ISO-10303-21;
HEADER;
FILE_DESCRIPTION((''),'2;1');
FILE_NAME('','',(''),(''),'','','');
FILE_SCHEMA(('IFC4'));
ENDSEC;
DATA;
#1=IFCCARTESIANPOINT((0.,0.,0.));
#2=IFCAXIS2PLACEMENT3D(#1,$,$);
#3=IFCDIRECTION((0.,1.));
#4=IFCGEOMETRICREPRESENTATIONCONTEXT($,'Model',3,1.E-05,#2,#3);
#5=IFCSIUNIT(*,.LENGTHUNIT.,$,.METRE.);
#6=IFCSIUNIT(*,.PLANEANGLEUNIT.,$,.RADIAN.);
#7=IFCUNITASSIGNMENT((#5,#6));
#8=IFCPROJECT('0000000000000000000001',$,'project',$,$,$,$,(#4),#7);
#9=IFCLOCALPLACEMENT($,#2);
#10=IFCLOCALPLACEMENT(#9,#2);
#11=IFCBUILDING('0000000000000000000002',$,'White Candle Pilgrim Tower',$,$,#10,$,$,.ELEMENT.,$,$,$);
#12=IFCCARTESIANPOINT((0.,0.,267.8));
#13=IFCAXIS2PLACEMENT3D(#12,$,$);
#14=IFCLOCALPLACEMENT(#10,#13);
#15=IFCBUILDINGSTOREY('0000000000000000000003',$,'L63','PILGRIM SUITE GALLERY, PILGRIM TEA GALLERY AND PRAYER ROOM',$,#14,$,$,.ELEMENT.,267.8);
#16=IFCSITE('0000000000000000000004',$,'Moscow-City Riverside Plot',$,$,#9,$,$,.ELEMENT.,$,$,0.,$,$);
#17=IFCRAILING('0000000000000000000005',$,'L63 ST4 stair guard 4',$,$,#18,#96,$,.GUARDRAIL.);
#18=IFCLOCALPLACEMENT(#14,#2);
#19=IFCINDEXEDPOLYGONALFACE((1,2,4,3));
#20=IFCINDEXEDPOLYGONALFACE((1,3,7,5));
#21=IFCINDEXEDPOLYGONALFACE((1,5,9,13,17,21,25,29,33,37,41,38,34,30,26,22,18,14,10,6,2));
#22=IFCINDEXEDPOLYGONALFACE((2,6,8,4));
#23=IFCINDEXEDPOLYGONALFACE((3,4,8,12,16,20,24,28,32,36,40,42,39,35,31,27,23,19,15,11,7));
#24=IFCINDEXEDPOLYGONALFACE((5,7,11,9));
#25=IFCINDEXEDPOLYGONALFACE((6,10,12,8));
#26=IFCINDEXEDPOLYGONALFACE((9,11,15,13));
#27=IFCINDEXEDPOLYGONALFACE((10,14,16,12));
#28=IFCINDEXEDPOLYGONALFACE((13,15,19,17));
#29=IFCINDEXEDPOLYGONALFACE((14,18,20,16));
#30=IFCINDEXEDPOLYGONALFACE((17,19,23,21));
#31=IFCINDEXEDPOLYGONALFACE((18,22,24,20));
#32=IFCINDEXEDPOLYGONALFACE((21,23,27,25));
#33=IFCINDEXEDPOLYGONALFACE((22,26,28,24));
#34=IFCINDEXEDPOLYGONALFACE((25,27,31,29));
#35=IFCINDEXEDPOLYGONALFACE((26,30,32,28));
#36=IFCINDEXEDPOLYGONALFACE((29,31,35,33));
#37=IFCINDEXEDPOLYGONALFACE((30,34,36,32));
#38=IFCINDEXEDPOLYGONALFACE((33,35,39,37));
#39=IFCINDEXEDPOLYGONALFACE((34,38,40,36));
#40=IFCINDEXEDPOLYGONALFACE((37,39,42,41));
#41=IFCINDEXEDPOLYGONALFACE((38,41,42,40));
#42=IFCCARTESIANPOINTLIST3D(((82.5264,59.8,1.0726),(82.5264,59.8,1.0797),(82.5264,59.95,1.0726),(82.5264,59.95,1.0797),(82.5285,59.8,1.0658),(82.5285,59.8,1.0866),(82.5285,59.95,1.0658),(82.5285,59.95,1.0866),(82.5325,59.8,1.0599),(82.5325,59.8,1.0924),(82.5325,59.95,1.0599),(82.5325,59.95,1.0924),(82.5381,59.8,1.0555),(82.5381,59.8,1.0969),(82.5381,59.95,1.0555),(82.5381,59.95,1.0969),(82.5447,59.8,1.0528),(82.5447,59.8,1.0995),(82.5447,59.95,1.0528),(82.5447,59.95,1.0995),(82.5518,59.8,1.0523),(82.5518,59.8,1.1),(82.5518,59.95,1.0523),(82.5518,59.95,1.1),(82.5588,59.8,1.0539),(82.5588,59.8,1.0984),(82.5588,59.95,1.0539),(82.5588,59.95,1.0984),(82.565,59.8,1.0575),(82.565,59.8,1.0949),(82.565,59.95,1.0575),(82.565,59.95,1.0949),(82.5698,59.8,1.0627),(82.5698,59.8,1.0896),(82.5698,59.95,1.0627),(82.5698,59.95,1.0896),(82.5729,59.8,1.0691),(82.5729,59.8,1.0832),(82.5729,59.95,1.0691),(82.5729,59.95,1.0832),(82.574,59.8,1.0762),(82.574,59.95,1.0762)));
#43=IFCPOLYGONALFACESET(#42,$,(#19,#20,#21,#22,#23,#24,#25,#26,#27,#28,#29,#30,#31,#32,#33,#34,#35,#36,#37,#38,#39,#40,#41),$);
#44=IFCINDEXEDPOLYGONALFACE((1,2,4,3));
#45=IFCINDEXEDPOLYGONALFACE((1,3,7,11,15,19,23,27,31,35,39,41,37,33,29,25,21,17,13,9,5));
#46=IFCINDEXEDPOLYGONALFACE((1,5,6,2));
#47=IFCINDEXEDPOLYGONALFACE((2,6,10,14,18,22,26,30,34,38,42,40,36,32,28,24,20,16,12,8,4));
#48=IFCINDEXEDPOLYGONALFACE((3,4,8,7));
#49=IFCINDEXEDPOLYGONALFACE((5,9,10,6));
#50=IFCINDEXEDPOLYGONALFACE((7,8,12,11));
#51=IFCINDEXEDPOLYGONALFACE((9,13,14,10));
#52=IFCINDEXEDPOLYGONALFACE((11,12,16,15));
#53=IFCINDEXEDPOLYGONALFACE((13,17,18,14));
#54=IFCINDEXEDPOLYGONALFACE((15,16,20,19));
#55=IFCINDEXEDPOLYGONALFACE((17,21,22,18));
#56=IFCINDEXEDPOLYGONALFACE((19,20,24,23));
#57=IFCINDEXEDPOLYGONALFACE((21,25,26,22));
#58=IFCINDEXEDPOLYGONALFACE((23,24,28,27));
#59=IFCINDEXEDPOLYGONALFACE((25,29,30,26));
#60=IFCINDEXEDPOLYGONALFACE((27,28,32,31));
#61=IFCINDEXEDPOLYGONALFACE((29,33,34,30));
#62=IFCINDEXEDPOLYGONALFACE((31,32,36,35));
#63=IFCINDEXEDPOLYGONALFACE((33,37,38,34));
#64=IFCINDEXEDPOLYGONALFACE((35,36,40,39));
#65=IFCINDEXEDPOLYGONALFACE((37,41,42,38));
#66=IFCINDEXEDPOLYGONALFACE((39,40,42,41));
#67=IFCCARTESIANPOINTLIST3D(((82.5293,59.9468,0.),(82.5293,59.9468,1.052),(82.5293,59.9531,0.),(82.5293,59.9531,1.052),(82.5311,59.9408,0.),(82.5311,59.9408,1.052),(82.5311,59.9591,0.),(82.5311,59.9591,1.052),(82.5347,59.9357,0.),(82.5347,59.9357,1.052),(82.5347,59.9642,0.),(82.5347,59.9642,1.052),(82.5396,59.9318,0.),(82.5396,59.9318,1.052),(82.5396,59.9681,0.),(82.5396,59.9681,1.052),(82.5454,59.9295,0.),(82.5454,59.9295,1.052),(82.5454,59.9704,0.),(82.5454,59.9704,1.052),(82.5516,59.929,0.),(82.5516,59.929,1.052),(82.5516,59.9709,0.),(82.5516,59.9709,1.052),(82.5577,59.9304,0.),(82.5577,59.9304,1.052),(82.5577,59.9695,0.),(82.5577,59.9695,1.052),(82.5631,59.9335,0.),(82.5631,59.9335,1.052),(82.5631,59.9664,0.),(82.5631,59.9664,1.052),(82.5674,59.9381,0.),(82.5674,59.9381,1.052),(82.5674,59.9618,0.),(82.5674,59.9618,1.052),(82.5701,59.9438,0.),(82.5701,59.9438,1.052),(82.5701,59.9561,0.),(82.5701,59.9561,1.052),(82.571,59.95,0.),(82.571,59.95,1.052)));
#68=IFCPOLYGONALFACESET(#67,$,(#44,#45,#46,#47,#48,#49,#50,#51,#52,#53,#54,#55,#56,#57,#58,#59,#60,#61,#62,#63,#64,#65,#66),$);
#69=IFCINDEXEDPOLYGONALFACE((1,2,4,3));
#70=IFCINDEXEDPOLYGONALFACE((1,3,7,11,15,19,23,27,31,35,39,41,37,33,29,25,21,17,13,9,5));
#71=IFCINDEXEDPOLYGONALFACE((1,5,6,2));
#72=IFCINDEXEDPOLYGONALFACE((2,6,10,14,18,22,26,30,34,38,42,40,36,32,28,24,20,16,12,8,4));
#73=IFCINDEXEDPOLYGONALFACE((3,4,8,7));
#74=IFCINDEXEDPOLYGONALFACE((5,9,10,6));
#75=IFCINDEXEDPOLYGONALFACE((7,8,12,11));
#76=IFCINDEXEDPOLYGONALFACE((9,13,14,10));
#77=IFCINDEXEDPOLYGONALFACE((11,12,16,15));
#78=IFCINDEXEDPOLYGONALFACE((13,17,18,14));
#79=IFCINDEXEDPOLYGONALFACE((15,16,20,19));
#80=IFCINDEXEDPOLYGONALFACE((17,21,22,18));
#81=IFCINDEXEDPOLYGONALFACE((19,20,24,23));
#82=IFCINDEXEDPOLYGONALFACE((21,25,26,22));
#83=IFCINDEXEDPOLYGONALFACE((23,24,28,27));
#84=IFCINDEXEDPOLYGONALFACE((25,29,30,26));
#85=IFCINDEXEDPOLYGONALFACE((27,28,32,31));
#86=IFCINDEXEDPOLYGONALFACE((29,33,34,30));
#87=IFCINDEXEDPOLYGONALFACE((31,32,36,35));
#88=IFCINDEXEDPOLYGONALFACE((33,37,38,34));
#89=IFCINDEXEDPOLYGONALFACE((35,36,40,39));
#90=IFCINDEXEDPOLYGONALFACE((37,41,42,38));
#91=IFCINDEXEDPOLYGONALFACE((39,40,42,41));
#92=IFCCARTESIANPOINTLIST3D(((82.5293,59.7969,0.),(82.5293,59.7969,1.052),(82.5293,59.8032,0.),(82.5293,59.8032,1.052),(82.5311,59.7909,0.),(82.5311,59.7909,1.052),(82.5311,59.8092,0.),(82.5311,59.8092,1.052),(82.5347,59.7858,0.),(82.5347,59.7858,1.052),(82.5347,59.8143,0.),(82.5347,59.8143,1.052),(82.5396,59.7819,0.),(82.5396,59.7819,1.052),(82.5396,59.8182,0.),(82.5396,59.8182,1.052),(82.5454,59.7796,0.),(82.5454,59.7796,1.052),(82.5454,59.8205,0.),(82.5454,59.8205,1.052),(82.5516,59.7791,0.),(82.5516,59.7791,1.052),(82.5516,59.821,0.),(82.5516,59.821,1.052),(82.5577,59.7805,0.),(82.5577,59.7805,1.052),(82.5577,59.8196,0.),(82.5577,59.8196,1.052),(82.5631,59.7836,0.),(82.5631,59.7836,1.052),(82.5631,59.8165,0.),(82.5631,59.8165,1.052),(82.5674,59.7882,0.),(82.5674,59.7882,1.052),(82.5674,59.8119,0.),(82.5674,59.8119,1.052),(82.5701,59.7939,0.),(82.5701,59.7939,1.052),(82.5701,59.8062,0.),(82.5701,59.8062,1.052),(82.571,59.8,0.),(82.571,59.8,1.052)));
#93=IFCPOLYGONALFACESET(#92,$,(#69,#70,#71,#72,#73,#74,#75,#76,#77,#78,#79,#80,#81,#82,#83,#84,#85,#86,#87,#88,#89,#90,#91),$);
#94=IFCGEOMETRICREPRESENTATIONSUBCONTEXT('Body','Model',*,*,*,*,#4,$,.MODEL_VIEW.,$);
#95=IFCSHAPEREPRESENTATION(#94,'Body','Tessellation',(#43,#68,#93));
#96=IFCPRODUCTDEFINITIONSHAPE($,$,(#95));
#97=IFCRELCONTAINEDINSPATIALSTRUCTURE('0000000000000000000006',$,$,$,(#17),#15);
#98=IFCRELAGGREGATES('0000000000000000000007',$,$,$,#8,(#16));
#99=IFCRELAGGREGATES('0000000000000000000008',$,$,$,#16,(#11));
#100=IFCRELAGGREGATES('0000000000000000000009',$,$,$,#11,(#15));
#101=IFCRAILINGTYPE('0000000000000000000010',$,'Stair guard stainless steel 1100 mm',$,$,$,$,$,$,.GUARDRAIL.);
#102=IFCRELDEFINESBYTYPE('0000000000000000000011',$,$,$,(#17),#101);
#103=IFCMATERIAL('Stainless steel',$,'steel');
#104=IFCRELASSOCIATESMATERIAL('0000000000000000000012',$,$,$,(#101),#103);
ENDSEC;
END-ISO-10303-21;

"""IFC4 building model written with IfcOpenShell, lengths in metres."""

from ifc_helpers import new_model, si_unit, direction, frame, origin, origin_2d, place, context, subcontext, project, spatial, circle, extrude, material, type_object, element, save


model = new_model("IFC4")

# Units and contexts
model_context = context("Model", 3, precision=1e-05, world=origin(), true_north=direction((0.0, 1.0)))
body_context = subcontext(model_context, "Body", "Model", "MODEL_VIEW")
ifc_project = project(units=[si_unit("LENGTHUNIT", "METRE"), si_unit("PLANEANGLEUNIT", "RADIAN")], contexts=[model_context])

# Site, building, storey
site_placement = place(None, origin())
site = spatial("IfcSite", under=ifc_project, at=site_placement, Name="Moscow-City Riverside Plot", CompositionType="ELEMENT", RefElevation=0.0)
building_placement = place(site_placement, origin())
building = spatial("IfcBuilding", under=site, at=building_placement, Name="White Candle Pilgrim Tower", CompositionType="ELEMENT")
storey_placement = place(building_placement, frame((0.0, 0.0, 267.8)))
storey = spatial("IfcBuildingStorey", under=building, at=storey_placement, Name="L63", Description="PILGRIM SUITE GALLERY, PILGRIM TEA GALLERY AND PRAYER ROOM", CompositionType="ELEMENT", Elevation=267.8)

# Railing
ifc_material_1 = material(Name="Stainless steel", Category="steel")
railing_type_1 = type_object("IfcRailingType", Name="Stair guard stainless steel 1100 mm", PredefinedType="GUARDRAIL", material=ifc_material_1)
railing_1_placement = place(storey_placement, frame((82.55, 59.95, 0.0)))
element("IfcRailing", 1, at=railing_1_placement, inside=storey, type_object=railing_type_1, Name="L63 ST4 stair guard 4", PredefinedType="GUARDRAIL", context=body_context, shape_type="SweptSolid", body=[
    extrude(circle(Radius=0.0239, at=origin_2d()), frame((0.0, 0.0, 1.0762), z_axis=(0.0, -1.0, 0.0), x_axis=(1.0, 0.0, 0.0)), (0.0, 0.0, 1.0), 0.1499),
    extrude(circle(Radius=0.021, at=origin_2d()), origin(), (0.0, 0.0, 1.0), 1.052),
    extrude(circle(Radius=0.021, at=origin_2d()), frame((0.0, -0.1499, 0.0)), (0.0, 0.0, 1.0), 1.052),
])

save(model, "model.ifc")
